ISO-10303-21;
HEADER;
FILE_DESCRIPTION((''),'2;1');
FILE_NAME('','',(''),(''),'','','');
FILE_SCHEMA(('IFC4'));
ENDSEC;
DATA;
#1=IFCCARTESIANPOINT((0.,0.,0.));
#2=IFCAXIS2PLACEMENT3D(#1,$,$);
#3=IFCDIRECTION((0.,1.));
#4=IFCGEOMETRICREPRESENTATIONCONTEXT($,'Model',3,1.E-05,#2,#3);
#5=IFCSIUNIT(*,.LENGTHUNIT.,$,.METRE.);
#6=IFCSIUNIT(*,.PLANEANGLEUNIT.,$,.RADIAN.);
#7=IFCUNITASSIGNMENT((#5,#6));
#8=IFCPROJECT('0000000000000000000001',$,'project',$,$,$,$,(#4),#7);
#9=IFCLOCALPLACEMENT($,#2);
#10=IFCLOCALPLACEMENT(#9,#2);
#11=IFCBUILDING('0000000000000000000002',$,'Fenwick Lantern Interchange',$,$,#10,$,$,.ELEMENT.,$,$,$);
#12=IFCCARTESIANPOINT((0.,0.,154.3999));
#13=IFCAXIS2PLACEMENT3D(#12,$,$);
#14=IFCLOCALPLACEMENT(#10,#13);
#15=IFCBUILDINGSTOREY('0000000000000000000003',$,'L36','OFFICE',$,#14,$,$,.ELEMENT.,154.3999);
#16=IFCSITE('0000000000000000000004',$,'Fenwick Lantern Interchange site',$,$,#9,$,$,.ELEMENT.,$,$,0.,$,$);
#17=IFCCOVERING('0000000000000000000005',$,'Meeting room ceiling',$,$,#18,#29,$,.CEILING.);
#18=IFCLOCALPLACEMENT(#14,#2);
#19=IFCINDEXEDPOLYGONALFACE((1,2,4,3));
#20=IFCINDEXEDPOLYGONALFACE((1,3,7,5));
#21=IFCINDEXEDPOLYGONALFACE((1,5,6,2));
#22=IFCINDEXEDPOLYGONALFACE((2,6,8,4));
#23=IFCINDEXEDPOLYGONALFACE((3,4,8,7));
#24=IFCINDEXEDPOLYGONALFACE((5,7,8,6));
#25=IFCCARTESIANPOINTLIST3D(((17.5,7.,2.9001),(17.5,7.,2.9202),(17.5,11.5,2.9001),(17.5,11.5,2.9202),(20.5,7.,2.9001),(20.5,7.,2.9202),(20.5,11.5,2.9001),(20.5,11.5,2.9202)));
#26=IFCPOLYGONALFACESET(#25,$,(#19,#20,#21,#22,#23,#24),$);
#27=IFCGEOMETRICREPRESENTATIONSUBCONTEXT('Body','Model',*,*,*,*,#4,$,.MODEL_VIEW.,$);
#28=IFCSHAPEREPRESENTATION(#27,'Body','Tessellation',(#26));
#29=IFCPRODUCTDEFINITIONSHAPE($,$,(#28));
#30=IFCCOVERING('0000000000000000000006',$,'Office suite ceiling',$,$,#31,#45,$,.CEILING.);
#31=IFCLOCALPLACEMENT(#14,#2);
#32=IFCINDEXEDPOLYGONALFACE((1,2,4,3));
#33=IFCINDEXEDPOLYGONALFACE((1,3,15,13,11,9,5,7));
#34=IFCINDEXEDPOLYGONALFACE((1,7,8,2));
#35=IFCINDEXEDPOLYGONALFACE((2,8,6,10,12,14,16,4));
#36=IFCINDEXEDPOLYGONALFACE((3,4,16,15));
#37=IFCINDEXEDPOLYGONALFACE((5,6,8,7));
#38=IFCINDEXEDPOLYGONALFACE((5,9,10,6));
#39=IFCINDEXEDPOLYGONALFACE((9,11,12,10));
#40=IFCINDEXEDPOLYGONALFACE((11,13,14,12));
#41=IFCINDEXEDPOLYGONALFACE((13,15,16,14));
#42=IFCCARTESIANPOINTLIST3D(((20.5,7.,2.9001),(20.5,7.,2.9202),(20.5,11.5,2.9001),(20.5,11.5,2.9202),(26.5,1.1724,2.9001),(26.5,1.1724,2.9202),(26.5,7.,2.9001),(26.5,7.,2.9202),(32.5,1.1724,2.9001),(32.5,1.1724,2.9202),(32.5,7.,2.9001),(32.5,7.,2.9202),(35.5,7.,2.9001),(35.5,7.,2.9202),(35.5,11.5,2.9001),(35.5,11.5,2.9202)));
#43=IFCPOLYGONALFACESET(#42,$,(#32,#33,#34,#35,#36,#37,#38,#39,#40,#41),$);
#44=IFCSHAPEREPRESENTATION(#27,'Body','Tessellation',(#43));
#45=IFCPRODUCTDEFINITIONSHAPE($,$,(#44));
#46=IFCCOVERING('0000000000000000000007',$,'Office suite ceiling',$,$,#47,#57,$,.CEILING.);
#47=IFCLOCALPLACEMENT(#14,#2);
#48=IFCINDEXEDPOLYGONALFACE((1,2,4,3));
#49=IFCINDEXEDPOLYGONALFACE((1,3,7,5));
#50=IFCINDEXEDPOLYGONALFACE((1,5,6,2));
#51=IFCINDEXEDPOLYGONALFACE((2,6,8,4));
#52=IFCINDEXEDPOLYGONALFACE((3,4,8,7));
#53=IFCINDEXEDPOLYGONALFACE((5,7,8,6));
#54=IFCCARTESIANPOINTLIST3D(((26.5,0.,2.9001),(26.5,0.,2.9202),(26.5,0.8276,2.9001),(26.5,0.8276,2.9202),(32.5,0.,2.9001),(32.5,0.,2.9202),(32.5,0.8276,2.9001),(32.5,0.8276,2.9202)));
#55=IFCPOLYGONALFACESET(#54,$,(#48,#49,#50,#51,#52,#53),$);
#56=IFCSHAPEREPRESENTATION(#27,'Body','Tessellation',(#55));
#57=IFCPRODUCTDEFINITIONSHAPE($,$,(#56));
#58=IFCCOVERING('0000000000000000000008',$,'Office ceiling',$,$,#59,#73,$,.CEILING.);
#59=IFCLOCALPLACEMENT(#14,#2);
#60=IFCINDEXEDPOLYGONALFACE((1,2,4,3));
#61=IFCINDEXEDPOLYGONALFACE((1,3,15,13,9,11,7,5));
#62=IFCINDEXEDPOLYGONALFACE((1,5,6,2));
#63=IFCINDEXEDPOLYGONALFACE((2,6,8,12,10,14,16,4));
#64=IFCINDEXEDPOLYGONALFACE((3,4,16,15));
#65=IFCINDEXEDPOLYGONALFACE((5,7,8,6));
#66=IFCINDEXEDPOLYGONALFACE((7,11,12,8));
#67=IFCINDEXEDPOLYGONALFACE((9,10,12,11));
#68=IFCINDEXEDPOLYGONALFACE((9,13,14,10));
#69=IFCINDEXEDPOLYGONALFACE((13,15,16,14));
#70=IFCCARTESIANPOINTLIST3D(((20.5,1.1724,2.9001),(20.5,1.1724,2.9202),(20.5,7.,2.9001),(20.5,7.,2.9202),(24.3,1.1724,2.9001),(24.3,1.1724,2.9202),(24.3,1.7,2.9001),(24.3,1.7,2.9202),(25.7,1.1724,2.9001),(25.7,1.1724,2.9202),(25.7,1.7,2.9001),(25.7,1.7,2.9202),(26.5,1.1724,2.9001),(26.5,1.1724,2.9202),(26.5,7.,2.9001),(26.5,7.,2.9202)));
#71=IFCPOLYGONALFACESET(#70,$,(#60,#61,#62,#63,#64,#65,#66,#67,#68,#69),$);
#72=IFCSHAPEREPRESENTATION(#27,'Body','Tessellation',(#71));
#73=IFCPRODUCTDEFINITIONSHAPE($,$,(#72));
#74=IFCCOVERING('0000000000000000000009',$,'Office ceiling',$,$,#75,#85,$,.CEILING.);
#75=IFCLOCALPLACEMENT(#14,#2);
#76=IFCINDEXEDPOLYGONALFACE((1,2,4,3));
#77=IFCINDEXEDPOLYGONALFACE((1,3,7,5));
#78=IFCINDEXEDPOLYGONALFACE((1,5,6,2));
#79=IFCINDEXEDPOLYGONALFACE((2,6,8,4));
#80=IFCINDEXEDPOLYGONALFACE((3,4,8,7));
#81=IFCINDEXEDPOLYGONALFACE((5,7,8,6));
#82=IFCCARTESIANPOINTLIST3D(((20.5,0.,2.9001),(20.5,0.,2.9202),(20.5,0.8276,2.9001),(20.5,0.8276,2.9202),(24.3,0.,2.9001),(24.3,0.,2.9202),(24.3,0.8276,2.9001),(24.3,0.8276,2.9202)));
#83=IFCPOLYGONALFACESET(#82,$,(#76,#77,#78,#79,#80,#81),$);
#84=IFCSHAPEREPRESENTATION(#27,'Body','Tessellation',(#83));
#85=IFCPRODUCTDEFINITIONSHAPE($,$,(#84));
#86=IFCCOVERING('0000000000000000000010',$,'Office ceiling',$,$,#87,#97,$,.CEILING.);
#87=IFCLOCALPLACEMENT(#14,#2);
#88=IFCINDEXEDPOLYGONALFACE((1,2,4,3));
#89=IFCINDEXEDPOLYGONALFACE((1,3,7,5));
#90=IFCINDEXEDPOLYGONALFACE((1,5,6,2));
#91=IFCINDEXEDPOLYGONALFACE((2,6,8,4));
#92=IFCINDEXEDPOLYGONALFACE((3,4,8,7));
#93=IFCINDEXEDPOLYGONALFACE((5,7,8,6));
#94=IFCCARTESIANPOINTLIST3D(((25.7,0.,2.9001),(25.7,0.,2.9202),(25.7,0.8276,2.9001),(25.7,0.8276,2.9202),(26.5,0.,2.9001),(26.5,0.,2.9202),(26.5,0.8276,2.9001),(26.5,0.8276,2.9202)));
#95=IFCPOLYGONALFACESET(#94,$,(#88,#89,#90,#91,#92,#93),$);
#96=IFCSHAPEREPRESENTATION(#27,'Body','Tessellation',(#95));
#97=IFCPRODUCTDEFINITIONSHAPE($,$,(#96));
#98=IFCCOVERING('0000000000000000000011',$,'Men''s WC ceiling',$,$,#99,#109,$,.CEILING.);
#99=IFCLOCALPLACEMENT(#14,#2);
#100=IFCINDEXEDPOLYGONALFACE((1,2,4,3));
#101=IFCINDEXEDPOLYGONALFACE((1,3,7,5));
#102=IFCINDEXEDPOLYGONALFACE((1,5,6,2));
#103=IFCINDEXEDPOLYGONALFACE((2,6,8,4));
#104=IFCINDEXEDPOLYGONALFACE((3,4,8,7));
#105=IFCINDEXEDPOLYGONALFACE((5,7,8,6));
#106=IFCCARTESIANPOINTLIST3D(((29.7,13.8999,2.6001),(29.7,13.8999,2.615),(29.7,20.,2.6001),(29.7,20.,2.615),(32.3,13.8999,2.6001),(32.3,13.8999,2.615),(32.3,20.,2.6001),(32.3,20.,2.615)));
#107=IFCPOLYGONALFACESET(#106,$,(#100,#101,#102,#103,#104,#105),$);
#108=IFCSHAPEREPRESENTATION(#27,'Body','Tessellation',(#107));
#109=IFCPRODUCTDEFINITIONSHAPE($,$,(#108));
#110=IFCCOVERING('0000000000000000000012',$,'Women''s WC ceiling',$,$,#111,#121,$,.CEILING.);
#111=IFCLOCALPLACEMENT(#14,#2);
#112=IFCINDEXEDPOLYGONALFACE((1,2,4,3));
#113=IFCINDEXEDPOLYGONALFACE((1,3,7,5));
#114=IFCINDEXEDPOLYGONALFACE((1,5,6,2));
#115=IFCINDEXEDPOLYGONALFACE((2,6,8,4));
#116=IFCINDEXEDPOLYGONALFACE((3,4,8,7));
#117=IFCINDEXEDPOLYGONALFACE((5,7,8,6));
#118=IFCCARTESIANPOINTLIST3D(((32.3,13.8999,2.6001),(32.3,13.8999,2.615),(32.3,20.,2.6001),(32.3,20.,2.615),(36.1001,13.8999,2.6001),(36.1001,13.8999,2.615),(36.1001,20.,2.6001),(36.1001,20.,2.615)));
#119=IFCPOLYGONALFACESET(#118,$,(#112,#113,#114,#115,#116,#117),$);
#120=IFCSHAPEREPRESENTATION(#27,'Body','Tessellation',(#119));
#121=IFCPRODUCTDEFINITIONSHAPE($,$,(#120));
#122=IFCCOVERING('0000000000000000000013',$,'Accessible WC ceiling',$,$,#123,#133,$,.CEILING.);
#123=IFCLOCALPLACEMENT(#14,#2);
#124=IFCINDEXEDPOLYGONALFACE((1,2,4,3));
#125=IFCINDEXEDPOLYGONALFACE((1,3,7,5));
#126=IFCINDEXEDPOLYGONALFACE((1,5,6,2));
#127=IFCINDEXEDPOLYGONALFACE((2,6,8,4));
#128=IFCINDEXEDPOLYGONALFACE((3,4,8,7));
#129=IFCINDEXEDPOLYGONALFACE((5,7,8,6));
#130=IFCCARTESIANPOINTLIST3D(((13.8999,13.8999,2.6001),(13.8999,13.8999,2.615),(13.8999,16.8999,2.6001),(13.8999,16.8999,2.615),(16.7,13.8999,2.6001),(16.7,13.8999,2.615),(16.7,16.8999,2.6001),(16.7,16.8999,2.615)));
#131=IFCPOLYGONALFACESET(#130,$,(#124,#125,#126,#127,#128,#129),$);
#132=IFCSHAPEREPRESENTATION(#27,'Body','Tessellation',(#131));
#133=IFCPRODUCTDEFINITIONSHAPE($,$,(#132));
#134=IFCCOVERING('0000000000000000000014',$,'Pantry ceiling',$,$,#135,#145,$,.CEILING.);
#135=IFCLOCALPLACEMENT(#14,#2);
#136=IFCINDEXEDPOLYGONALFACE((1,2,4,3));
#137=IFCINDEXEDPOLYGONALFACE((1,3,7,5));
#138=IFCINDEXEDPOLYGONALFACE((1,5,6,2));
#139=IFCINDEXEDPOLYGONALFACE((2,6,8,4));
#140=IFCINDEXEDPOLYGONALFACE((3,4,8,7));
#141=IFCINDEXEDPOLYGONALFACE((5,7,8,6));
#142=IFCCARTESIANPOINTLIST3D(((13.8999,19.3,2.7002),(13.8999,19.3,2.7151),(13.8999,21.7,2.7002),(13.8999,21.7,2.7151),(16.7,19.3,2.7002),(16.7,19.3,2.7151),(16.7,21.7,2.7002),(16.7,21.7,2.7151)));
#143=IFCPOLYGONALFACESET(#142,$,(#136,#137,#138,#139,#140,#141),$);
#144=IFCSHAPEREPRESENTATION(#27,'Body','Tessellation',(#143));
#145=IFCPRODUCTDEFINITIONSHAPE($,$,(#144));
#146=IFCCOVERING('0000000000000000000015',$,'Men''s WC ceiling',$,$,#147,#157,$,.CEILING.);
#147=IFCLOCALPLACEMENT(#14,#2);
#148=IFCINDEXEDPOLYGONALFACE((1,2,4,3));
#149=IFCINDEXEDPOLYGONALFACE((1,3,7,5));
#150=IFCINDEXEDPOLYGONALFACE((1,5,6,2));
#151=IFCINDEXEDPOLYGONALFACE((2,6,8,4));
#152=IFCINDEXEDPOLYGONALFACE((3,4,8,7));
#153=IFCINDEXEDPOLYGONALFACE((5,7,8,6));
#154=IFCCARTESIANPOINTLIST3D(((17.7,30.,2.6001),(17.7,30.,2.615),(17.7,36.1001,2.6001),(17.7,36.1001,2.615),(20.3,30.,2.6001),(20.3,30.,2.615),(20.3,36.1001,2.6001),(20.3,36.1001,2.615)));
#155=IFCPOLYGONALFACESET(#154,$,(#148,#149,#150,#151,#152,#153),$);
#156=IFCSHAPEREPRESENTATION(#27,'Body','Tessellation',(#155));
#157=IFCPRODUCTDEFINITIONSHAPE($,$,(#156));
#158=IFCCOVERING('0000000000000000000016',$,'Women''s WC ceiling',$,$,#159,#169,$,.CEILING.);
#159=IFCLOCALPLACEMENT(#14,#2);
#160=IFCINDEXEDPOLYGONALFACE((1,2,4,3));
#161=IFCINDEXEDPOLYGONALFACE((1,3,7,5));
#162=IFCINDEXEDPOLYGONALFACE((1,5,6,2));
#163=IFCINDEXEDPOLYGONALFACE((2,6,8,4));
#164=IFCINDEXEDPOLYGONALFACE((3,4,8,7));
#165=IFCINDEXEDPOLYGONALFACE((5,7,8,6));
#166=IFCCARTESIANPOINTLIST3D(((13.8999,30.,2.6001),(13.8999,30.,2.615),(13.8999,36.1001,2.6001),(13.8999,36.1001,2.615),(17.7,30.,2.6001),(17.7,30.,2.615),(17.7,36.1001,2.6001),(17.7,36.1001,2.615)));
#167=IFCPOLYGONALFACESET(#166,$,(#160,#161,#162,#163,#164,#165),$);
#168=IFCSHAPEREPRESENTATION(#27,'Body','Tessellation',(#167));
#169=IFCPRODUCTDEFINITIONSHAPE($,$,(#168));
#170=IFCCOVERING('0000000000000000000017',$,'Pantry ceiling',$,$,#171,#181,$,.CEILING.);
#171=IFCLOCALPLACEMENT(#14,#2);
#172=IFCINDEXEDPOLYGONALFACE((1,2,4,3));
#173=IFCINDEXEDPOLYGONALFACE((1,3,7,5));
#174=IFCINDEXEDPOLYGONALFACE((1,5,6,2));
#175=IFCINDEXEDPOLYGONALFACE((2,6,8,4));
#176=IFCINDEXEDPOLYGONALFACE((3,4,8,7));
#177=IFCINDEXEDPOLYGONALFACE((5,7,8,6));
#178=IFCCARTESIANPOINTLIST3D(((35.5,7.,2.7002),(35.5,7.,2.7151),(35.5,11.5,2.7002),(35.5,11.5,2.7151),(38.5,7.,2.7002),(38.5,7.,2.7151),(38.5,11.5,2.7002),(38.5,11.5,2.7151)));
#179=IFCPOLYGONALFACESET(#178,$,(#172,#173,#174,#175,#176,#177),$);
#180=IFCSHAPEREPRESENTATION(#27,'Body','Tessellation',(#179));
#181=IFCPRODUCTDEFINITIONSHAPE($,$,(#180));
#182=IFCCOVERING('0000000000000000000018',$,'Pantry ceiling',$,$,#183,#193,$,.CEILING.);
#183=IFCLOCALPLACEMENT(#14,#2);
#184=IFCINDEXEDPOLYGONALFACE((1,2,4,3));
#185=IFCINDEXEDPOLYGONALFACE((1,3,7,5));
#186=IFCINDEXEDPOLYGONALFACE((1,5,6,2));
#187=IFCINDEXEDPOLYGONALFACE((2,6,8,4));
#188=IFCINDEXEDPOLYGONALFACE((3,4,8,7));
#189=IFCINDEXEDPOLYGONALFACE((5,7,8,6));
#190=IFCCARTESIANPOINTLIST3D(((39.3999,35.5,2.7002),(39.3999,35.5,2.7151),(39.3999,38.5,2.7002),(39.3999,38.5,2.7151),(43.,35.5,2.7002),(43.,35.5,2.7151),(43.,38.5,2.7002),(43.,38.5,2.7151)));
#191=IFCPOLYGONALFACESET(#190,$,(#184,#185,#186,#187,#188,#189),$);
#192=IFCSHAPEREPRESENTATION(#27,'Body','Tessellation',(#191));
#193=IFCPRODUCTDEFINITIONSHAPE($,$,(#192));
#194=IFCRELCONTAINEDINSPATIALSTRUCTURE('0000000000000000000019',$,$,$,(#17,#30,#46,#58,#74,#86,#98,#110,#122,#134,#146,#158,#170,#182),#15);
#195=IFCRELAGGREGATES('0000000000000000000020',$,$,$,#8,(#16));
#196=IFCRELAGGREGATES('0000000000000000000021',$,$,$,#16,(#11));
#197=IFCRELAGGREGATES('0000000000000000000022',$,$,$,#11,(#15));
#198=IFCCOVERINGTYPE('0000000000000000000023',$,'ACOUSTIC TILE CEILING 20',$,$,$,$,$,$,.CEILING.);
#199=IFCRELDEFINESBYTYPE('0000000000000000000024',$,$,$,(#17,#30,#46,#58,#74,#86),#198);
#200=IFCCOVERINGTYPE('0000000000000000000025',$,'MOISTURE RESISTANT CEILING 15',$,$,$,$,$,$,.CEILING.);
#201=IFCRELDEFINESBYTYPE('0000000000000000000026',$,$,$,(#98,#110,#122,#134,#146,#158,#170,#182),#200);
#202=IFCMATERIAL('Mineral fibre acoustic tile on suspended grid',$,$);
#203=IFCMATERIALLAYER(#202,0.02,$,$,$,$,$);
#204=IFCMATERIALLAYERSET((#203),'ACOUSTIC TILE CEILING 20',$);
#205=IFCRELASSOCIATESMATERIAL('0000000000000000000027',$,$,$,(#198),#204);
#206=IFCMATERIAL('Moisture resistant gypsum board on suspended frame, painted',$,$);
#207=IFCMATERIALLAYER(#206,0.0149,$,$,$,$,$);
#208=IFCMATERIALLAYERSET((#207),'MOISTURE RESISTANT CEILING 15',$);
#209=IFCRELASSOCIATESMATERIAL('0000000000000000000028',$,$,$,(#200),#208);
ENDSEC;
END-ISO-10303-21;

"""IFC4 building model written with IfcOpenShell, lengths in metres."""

from ifc_helpers import new_model, si_unit, direction, frame, origin, place, context, subcontext, project, spatial, polyline, outline, extrude, material, layer, layer_set, type_object, element, save


model = new_model("IFC4")

# Units and contexts
model_context = context("Model", 3, precision=1e-05, world=origin(), true_north=direction((0.0, 1.0)))
body_context = subcontext(model_context, "Body", "Model", "MODEL_VIEW")
ifc_project = project(units=[si_unit("LENGTHUNIT", "METRE"), si_unit("PLANEANGLEUNIT", "RADIAN")], contexts=[model_context])

# Site, building, storey
site_placement = place(None, origin())
site = spatial("IfcSite", under=ifc_project, at=site_placement, Name="Fenwick Lantern Interchange site", CompositionType="ELEMENT", RefElevation=0.0)
building_placement = place(site_placement, origin())
building = spatial("IfcBuilding", under=site, at=building_placement, Name="Fenwick Lantern Interchange", CompositionType="ELEMENT")
storey_placement = place(building_placement, frame((0.0, 0.0, 154.3999)))
storey = spatial("IfcBuildingStorey", under=building, at=storey_placement, Name="L36", Description="OFFICE", CompositionType="ELEMENT", Elevation=154.3999)

# Coverings
ifc_material_1 = material(Name="Mineral fibre acoustic tile on suspended grid")
ifc_layer_1 = layer(ifc_material_1, 0.02)
ifc_layer_set_1 = layer_set([ifc_layer_1], Name="ACOUSTIC TILE CEILING 20")
covering_type_1 = type_object("IfcCoveringType", Name="ACOUSTIC TILE CEILING 20", PredefinedType="CEILING", material=ifc_layer_set_1)
covering_1_placement = place(storey_placement, frame((0.0, 0.0, 2.9001)))
element("IfcCovering", 1, at=covering_1_placement, inside=storey, type_object=covering_type_1, Name="Meeting room ceiling", PredefinedType="CEILING", context=body_context, shape_type="SweptSolid", body=[
    extrude(outline(polyline([(17.5, 7.0), (20.5, 7.0), (20.5, 11.5), (17.5, 11.5), (17.5, 7.0)])), origin(), (0.0, 0.0, 1.0), 0.02),
])
covering_2_placement = place(storey_placement, frame((0.0, 0.0, 2.9001)))
element("IfcCovering", 2, at=covering_2_placement, inside=storey, type_object=covering_type_1, Name="Office suite ceiling", PredefinedType="CEILING", context=body_context, shape_type="SweptSolid", body=[
    extrude(outline(polyline([(26.5, 7.0), (26.5, 1.1724), (32.5, 1.1724), (32.5, 7.0), (35.5, 7.0), (35.5, 11.5), (20.5, 11.5), (20.5, 7.0), (26.5, 7.0)])), origin(), (0.0, 0.0, 1.0), 0.02),
])
covering_3_placement = place(storey_placement, frame((0.0, 0.0, 2.9001)))
element("IfcCovering", 3, at=covering_3_placement, inside=storey, type_object=covering_type_1, Name="Office suite ceiling", PredefinedType="CEILING", context=body_context, shape_type="SweptSolid", body=[
    extrude(outline(polyline([(26.5, 0.0), (32.5, 0.0), (32.5, 0.8276), (26.5, 0.8276), (26.5, 0.0)])), origin(), (0.0, 0.0, 1.0), 0.02),
])
covering_4_placement = place(storey_placement, frame((0.0, 0.0, 2.9001)))
element("IfcCovering", 4, at=covering_4_placement, inside=storey, type_object=covering_type_1, Name="Office ceiling", PredefinedType="CEILING", context=body_context, shape_type="SweptSolid", body=[
    extrude(outline(polyline([(20.5, 7.0), (20.5, 1.1724), (24.3, 1.1724), (24.3, 1.7), (25.7, 1.7), (25.7, 1.1724), (26.5, 1.1724), (26.5, 7.0), (20.5, 7.0)])), origin(), (0.0, 0.0, 1.0), 0.02),
])
covering_5_placement = place(storey_placement, frame((0.0, 0.0, 2.9001)))
element("IfcCovering", 5, at=covering_5_placement, inside=storey, type_object=covering_type_1, Name="Office ceiling", PredefinedType="CEILING", context=body_context, shape_type="SweptSolid", body=[
    extrude(outline(polyline([(20.5, 0.8276), (20.5, 0.0), (24.3, 0.0), (24.3, 0.8276), (20.5, 0.8276)])), origin(), (0.0, 0.0, 1.0), 0.02),
])
covering_6_placement = place(storey_placement, frame((0.0, 0.0, 2.9001)))
element("IfcCovering", 6, at=covering_6_placement, inside=storey, type_object=covering_type_1, Name="Office ceiling", PredefinedType="CEILING", context=body_context, shape_type="SweptSolid", body=[
    extrude(outline(polyline([(26.5, 0.0), (26.5, 0.8276), (25.7, 0.8276), (25.7, 0.0), (26.5, 0.0)])), origin(), (0.0, 0.0, 1.0), 0.02),
])
ifc_material_2 = material(Name="Moisture resistant gypsum board on suspended frame, painted")
ifc_layer_2 = layer(ifc_material_2, 0.0149)
ifc_layer_set_2 = layer_set([ifc_layer_2], Name="MOISTURE RESISTANT CEILING 15")
covering_type_2 = type_object("IfcCoveringType", Name="MOISTURE RESISTANT CEILING 15", PredefinedType="CEILING", material=ifc_layer_set_2)
covering_7_placement = place(storey_placement, frame((0.0, 0.0, 2.6001)))
element("IfcCovering", 7, at=covering_7_placement, inside=storey, type_object=covering_type_2, Name="Men's WC ceiling", PredefinedType="CEILING", context=body_context, shape_type="SweptSolid", body=[
    extrude(outline(polyline([(29.7, 13.8999), (32.3, 13.8999), (32.3, 20.0), (29.7, 20.0), (29.7, 13.8999)])), origin(), (0.0, 0.0, 1.0), 0.0149),
])
covering_8_placement = place(storey_placement, frame((0.0, 0.0, 2.6001)))
element("IfcCovering", 8, at=covering_8_placement, inside=storey, type_object=covering_type_2, Name="Women's WC ceiling", PredefinedType="CEILING", context=body_context, shape_type="SweptSolid", body=[
    extrude(outline(polyline([(32.3, 13.8999), (36.1001, 13.8999), (36.1001, 20.0), (32.3, 20.0), (32.3, 13.8999)])), origin(), (0.0, 0.0, 1.0), 0.0149),
])
covering_9_placement = place(storey_placement, frame((0.0, 0.0, 2.6001)))
element("IfcCovering", 9, at=covering_9_placement, inside=storey, type_object=covering_type_2, Name="Accessible WC ceiling", PredefinedType="CEILING", context=body_context, shape_type="SweptSolid", body=[
    extrude(outline(polyline([(13.8999, 13.8999), (16.7, 13.8999), (16.7, 16.8999), (13.8999, 16.8999), (13.8999, 13.8999)])), origin(), (0.0, 0.0, 1.0), 0.0149),
])
covering_10_placement = place(storey_placement, frame((0.0, 0.0, 2.7002)))
element("IfcCovering", 10, at=covering_10_placement, inside=storey, type_object=covering_type_2, Name="Pantry ceiling", PredefinedType="CEILING", context=body_context, shape_type="SweptSolid", body=[
    extrude(outline(polyline([(13.8999, 19.3), (16.7, 19.3), (16.7, 21.7), (13.8999, 21.7), (13.8999, 19.3)])), origin(), (0.0, 0.0, 1.0), 0.0149),
])
covering_11_placement = place(storey_placement, frame((0.0, 0.0, 2.6001)))
element("IfcCovering", 11, at=covering_11_placement, inside=storey, type_object=covering_type_2, Name="Men's WC ceiling", PredefinedType="CEILING", context=body_context, shape_type="SweptSolid", body=[
    extrude(outline(polyline([(20.3, 36.1001), (17.7, 36.1001), (17.7, 30.0), (20.3, 30.0), (20.3, 36.1001)])), origin(), (0.0, 0.0, 1.0), 0.0149),
])
covering_12_placement = place(storey_placement, frame((0.0, 0.0, 2.6001)))
element("IfcCovering", 12, at=covering_12_placement, inside=storey, type_object=covering_type_2, Name="Women's WC ceiling", PredefinedType="CEILING", context=body_context, shape_type="SweptSolid", body=[
    extrude(outline(polyline([(17.7, 36.1001), (13.8999, 36.1001), (13.8999, 30.0), (17.7, 30.0), (17.7, 36.1001)])), origin(), (0.0, 0.0, 1.0), 0.0149),
])
covering_13_placement = place(storey_placement, frame((0.0, 0.0, 2.7002)))
element("IfcCovering", 13, at=covering_13_placement, inside=storey, type_object=covering_type_2, Name="Pantry ceiling", PredefinedType="CEILING", context=body_context, shape_type="SweptSolid", body=[
    extrude(outline(polyline([(35.5, 7.0), (38.5, 7.0), (38.5, 11.5), (35.5, 11.5), (35.5, 7.0)])), origin(), (0.0, 0.0, 1.0), 0.0149),
])
covering_14_placement = place(storey_placement, frame((0.0, 0.0, 2.7002)))
element("IfcCovering", 14, at=covering_14_placement, inside=storey, type_object=covering_type_2, Name="Pantry ceiling", PredefinedType="CEILING", context=body_context, shape_type="SweptSolid", body=[
    extrude(outline(polyline([(43.0, 35.5), (43.0, 38.5), (39.3999, 38.5), (39.3999, 35.5), (43.0, 35.5)])), origin(), (0.0, 0.0, 1.0), 0.0149),
])

save(model, "model.ifc")
